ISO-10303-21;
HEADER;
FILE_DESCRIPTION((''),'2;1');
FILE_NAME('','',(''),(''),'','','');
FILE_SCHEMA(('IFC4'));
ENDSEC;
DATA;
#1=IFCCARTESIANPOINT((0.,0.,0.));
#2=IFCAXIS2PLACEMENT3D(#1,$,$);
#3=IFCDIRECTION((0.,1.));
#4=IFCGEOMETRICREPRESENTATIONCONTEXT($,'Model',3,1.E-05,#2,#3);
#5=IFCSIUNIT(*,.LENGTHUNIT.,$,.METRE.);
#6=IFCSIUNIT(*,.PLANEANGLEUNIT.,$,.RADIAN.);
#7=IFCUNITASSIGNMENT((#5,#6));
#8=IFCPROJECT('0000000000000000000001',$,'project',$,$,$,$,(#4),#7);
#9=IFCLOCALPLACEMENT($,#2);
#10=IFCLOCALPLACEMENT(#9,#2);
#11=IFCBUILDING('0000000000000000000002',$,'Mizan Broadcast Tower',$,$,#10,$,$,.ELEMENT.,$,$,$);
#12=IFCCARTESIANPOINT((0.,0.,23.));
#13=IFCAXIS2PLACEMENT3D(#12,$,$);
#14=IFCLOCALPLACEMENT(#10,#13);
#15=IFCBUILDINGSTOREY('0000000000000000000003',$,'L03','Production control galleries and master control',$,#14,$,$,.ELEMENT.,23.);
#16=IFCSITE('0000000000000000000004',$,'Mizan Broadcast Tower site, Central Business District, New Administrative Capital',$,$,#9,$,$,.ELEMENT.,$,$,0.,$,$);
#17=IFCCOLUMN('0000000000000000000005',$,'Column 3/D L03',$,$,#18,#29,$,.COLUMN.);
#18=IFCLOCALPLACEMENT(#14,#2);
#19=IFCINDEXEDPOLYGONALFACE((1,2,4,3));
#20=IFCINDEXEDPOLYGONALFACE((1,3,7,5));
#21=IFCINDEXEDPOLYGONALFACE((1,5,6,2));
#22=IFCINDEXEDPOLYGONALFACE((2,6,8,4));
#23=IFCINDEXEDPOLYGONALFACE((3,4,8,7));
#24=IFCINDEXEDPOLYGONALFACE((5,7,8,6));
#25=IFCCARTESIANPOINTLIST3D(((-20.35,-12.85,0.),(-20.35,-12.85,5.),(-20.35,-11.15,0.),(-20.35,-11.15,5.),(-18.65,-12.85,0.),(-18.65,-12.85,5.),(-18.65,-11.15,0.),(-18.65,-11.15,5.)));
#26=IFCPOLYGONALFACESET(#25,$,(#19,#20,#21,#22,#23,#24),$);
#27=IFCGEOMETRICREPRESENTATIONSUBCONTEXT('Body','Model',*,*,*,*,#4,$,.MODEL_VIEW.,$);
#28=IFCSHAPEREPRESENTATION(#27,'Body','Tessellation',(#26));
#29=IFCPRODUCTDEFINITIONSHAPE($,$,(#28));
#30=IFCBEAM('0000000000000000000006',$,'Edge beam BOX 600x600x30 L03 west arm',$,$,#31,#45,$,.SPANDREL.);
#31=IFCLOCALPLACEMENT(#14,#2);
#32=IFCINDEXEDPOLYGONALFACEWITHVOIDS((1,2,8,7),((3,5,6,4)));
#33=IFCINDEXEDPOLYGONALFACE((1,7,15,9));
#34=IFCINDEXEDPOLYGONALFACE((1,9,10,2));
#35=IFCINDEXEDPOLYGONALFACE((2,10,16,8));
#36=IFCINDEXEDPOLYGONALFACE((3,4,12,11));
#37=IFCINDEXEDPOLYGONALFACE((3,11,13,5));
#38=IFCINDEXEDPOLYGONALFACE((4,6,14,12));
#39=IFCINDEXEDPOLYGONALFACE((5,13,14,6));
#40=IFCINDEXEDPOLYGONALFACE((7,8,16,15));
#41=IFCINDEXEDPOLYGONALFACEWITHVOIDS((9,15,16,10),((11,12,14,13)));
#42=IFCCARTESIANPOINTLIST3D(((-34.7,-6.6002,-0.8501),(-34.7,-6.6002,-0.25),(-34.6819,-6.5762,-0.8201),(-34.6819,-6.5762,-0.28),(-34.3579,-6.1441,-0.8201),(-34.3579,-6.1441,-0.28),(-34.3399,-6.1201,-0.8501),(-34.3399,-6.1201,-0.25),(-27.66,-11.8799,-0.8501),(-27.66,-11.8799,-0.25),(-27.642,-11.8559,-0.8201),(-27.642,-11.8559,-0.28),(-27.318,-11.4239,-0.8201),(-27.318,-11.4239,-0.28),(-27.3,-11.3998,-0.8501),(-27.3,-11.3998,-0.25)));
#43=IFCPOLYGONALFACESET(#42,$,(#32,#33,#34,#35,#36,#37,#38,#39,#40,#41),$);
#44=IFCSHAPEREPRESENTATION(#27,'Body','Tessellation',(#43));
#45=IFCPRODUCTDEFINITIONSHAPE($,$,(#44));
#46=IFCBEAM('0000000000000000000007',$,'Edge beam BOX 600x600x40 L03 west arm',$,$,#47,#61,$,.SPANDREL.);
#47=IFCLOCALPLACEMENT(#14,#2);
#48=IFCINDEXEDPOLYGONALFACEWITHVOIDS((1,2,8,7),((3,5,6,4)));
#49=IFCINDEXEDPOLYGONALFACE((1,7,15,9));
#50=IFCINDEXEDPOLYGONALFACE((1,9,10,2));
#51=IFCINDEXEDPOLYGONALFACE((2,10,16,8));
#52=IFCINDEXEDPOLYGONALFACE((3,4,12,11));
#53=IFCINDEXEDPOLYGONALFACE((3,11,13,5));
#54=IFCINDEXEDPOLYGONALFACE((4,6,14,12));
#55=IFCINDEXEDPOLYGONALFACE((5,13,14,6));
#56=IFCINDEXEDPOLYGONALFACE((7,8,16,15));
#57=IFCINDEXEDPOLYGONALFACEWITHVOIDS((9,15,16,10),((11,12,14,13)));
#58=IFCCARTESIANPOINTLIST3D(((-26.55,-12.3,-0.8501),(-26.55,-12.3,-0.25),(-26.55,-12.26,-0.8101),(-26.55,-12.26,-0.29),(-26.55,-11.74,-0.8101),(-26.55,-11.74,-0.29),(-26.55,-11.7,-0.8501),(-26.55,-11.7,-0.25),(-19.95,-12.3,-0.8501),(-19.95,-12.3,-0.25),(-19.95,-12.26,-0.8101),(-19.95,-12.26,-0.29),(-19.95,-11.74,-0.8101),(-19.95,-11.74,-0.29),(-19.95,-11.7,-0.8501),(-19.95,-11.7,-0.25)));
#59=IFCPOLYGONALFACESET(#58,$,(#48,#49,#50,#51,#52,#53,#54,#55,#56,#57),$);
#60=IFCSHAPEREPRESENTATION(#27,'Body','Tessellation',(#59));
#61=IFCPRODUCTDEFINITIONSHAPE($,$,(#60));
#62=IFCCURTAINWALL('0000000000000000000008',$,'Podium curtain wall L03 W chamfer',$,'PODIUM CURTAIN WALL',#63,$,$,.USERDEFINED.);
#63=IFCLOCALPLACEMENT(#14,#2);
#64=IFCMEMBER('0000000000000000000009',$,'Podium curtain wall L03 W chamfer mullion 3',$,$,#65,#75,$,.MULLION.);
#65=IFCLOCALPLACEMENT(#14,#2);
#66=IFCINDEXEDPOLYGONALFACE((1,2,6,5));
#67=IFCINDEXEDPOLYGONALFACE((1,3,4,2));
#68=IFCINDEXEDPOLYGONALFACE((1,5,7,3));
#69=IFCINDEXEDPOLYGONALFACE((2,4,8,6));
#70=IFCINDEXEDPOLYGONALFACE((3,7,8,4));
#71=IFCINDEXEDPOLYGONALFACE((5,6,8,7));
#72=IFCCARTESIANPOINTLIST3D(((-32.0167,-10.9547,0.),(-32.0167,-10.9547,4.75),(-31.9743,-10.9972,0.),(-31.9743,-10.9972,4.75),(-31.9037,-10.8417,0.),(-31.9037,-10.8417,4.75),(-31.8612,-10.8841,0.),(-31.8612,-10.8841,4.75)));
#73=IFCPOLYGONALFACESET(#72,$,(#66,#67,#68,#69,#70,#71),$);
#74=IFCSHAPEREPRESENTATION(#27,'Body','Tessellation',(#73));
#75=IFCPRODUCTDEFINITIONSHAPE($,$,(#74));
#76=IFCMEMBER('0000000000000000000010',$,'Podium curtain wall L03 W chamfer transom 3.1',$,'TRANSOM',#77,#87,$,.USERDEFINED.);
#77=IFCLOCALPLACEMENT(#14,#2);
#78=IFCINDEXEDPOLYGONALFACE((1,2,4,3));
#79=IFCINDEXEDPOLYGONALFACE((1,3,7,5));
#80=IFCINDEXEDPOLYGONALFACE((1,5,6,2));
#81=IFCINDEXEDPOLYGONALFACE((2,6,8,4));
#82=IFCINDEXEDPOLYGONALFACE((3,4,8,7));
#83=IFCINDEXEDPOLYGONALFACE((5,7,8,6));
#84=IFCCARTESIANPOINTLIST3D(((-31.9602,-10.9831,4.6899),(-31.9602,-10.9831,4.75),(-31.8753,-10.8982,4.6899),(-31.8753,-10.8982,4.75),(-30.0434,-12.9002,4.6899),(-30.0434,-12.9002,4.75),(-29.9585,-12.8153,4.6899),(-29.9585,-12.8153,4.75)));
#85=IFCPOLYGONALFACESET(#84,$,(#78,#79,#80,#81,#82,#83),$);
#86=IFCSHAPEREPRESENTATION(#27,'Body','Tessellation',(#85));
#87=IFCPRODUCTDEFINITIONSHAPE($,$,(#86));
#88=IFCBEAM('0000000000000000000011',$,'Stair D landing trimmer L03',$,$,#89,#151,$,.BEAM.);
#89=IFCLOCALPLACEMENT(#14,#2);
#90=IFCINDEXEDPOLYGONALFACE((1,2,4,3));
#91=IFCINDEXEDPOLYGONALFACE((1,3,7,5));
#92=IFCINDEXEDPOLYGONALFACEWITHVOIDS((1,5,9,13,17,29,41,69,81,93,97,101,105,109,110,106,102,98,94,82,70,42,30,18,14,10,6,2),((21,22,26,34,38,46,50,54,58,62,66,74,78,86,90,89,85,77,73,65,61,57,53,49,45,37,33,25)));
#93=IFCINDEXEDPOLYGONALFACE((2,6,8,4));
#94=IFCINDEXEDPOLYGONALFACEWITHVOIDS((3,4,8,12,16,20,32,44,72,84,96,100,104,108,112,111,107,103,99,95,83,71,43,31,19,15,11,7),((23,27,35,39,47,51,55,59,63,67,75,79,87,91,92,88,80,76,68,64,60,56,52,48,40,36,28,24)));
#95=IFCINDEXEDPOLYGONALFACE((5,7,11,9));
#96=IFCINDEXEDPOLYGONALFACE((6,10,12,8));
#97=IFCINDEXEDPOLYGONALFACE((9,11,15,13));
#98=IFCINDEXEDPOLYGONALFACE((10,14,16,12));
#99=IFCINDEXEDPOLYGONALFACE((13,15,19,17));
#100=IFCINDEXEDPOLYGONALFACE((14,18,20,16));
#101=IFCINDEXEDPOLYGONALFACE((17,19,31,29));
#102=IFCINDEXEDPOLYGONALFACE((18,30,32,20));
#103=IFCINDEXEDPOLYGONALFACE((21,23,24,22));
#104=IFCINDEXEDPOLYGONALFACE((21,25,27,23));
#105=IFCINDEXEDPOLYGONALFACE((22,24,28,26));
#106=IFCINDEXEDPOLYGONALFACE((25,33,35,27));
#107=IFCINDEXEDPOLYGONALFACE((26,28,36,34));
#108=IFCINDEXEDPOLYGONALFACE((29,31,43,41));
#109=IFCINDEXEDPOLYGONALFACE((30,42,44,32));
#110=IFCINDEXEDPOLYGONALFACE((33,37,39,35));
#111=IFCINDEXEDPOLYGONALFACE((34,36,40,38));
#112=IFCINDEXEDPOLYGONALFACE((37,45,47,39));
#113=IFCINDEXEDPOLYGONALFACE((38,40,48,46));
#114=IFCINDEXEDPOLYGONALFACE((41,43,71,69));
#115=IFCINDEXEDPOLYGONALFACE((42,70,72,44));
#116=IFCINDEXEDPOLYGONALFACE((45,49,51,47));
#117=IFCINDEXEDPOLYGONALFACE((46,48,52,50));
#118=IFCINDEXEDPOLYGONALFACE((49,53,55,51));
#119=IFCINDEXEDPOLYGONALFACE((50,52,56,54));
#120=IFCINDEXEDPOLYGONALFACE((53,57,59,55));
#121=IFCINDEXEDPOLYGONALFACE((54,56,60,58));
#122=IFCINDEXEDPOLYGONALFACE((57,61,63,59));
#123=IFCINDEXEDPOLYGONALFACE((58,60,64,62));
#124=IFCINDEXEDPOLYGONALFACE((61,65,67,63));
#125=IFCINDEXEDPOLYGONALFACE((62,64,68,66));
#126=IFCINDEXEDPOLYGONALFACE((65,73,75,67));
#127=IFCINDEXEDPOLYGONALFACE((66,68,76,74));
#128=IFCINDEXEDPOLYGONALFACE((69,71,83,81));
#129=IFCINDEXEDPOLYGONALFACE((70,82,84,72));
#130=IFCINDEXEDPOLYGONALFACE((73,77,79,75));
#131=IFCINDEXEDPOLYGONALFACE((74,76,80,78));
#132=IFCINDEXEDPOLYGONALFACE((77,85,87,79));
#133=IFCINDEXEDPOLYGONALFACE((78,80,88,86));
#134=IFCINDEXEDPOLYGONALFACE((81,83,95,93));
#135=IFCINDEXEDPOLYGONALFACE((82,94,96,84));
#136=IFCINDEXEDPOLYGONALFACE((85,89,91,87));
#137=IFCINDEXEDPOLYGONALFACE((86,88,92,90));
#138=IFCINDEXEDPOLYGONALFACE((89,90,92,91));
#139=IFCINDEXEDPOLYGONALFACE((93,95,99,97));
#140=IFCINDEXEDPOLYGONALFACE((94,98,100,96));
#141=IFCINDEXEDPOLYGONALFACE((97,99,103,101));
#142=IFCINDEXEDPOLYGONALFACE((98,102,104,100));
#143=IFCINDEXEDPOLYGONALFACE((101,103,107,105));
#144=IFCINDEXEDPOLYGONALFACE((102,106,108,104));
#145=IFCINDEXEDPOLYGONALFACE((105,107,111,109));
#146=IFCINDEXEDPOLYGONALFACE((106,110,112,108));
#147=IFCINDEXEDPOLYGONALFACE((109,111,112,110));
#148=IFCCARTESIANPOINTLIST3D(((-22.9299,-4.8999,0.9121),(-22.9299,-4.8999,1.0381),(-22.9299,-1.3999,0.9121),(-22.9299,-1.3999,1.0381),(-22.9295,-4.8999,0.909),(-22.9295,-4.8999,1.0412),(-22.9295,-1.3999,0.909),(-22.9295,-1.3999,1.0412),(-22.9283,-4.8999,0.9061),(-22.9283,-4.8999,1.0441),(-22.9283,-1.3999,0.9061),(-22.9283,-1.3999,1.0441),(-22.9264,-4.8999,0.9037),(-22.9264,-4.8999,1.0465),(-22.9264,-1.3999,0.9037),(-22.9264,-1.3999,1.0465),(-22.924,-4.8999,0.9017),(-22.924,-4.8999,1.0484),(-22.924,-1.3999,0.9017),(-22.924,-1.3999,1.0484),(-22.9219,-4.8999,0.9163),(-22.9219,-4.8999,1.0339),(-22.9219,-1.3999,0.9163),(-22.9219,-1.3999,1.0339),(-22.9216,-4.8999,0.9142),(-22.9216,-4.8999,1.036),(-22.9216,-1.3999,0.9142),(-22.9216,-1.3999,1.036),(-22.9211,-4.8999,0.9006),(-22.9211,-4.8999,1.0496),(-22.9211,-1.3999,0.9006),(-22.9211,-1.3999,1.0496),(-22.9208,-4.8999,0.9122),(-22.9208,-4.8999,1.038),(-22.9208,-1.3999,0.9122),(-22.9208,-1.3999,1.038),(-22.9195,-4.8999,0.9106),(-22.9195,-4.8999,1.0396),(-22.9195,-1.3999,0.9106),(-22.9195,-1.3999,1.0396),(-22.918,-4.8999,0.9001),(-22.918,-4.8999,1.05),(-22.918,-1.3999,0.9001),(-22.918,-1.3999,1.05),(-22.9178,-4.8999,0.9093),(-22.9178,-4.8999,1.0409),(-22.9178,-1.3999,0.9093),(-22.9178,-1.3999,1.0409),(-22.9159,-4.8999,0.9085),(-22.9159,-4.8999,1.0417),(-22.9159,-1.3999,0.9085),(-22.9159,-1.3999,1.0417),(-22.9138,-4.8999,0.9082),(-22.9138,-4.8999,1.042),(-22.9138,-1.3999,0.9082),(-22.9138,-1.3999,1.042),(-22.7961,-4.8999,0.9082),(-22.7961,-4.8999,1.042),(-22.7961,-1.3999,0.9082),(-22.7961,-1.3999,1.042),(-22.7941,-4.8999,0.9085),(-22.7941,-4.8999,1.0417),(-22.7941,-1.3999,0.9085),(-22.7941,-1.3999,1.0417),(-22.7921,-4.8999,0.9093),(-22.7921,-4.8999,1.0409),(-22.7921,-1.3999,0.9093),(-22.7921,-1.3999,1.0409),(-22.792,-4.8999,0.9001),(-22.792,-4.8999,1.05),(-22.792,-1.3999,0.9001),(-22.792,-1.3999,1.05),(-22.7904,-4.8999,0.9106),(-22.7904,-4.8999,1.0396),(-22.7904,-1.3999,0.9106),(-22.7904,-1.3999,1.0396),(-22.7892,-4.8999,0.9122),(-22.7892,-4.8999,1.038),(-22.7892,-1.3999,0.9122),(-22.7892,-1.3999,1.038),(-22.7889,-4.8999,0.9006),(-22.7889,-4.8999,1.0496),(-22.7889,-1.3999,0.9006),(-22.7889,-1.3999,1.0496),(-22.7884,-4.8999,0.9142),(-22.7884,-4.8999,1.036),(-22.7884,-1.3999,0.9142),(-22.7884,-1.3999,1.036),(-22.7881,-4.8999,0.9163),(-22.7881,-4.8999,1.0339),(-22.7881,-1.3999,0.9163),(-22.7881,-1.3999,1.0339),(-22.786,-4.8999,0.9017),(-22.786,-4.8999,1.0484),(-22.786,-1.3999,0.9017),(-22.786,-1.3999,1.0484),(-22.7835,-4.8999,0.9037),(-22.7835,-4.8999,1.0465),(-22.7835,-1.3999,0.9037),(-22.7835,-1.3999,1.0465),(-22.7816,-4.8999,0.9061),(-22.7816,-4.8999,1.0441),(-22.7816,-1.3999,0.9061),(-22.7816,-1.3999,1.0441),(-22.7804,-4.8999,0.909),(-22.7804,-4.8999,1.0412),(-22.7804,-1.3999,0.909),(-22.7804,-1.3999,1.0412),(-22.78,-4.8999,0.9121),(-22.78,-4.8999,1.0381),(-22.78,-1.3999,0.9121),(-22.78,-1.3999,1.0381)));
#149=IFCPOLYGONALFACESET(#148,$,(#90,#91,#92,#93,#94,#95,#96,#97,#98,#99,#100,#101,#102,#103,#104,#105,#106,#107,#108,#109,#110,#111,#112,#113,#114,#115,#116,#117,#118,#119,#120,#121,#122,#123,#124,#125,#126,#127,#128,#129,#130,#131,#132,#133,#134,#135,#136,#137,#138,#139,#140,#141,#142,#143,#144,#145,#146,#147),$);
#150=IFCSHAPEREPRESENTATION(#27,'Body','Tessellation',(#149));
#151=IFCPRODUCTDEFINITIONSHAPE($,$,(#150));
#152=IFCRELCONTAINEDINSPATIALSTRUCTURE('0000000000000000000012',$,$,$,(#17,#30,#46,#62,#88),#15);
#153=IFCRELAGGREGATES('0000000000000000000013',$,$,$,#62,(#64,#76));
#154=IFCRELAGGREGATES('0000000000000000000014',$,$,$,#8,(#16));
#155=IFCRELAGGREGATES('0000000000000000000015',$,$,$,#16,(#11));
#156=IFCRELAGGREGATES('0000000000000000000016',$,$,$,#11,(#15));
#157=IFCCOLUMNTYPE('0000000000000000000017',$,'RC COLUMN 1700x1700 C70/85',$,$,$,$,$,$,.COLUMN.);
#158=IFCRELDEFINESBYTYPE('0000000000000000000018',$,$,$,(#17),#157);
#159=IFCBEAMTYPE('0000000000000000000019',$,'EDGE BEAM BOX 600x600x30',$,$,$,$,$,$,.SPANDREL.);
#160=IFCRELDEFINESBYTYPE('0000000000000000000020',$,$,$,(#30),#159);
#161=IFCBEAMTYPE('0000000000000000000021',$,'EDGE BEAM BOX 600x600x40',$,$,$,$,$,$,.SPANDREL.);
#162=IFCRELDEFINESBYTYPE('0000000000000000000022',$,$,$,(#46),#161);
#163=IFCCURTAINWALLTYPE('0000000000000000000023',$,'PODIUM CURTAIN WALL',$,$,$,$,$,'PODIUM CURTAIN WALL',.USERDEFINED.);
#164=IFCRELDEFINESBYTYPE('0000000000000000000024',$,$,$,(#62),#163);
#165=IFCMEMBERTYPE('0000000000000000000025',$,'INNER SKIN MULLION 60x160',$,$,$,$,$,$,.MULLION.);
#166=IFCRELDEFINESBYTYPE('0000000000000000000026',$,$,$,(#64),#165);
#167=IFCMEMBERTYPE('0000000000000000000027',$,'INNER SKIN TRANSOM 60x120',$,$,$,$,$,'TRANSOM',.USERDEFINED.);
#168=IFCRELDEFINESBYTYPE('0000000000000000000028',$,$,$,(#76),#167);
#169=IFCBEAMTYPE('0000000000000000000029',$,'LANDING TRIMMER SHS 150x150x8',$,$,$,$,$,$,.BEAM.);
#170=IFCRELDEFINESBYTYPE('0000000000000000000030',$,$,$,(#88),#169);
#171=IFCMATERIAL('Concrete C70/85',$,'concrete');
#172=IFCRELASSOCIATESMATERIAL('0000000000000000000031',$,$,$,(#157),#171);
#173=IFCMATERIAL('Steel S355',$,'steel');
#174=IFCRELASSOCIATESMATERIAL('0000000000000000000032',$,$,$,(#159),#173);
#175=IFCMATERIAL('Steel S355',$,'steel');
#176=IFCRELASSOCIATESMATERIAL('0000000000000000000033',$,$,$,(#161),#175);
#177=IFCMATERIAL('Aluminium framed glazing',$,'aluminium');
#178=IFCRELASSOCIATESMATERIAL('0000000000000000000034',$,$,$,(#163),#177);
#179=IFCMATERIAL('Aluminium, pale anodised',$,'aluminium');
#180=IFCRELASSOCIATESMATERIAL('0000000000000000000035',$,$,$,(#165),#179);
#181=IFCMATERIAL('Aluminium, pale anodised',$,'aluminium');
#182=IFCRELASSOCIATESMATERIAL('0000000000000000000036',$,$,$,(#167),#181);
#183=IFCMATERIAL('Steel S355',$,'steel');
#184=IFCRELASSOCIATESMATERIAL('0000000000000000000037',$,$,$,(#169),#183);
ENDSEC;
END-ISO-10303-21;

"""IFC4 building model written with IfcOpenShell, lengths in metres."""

from ifc_helpers import new_model, si_unit, direction, frame, origin, origin_2d, place, context, subcontext, project, spatial, rectangle, hollow_rectangle, extrude, material, material_profile, profile_set, type_object, element, aggregate, save


model = new_model("IFC4")

# Units and contexts
model_context = context("Model", 3, precision=1e-05, world=origin(), true_north=direction((0.0, 1.0)))
body_context = subcontext(model_context, "Body", "Model", "MODEL_VIEW")
ifc_project = project(units=[si_unit("LENGTHUNIT", "METRE"), si_unit("PLANEANGLEUNIT", "RADIAN")], contexts=[model_context])

# Site, building, storey
site_placement = place(None, origin())
site = spatial("IfcSite", under=ifc_project, at=site_placement, Name="Mizan Broadcast Tower site, Central Business District, New Administrative Capital", CompositionType="ELEMENT", RefElevation=0.0)
building_placement = place(site_placement, origin())
building = spatial("IfcBuilding", under=site, at=building_placement, Name="Mizan Broadcast Tower", CompositionType="ELEMENT")
storey_placement = place(building_placement, frame((0.0, 0.0, 23.0)))
storey = spatial("IfcBuildingStorey", under=building, at=storey_placement, Name="L03", Description="Production control galleries and master control", CompositionType="ELEMENT", Elevation=23.0)

# Column
ifc_material_1 = material(Name="Concrete C70/85", Category="concrete")
ifc_material_profile_1 = material_profile(ifc_material_1, rectangle(XDim=1.7, YDim=1.7, at=origin_2d()), Name="RC 1700x1700")
ifc_profile_set_1 = profile_set([ifc_material_profile_1], Name="Concrete C70/85")
column_type = type_object("IfcColumnType", Name="RC COLUMN 1700x1700 C70/85", PredefinedType="COLUMN", material=ifc_profile_set_1)
column_placement = place(storey_placement, frame((-19.5, -12.0, 0.0), z_axis=(0.0, 0.0, 1.0), x_axis=(1.0, 0.0, 0.0)))
element("IfcColumn", 1, at=column_placement, inside=storey, type_object=column_type, Name="Column 3/D L03", PredefinedType="COLUMN", context=body_context, shape_type="SweptSolid", body=[
    extrude(rectangle(XDim=1.7, YDim=1.7, at=origin_2d()), origin(), (0.0, 0.0, 1.0), 5.0),
])

# Beams
ifc_material_2 = material(Name="Steel S355", Category="steel")
ifc_material_profile_2 = material_profile(ifc_material_2, hollow_rectangle(XDim=0.6001, YDim=0.6001, WallThickness=0.03, at=origin_2d()), Name="BOX 600x600x30")
ifc_profile_set_2 = profile_set([ifc_material_profile_2], Name="Steel S355")
beam_type_1 = type_object("IfcBeamType", Name="EDGE BEAM BOX 600x600x30", PredefinedType="SPANDREL", material=ifc_profile_set_2)
beam_1_placement = place(storey_placement, frame((-27.48, -11.6399, -0.55), z_axis=(-0.800013, 0.599982, 0.0), x_axis=(-0.599982, -0.800013, 0.0)))
element("IfcBeam", 2, at=beam_1_placement, inside=storey, type_object=beam_type_1, Name="Edge beam BOX 600x600x30 L03 west arm", PredefinedType="SPANDREL", context=body_context, shape_type="SweptSolid", body=[
    extrude(hollow_rectangle(XDim=0.6001, YDim=0.6001, WallThickness=0.03, at=origin_2d()), origin(), (0.0, 0.0, 1.0), 8.7998),
])
ifc_material_3 = material(Name="Steel S355", Category="steel")
ifc_material_profile_3 = material_profile(ifc_material_3, hollow_rectangle(XDim=0.6001, YDim=0.6001, WallThickness=0.04, at=origin_2d()), Name="BOX 600x600x40")
ifc_profile_set_3 = profile_set([ifc_material_profile_3], Name="Steel S355")
beam_type_2 = type_object("IfcBeamType", Name="EDGE BEAM BOX 600x600x40", PredefinedType="SPANDREL", material=ifc_profile_set_3)
beam_2_placement = place(storey_placement, frame((-19.95, -12.0, -0.55), z_axis=(-1.0, 0.0, 0.0), x_axis=(0.0, -1.0, 0.0)))
element("IfcBeam", 3, at=beam_2_placement, inside=storey, type_object=beam_type_2, Name="Edge beam BOX 600x600x40 L03 west arm", PredefinedType="SPANDREL", context=body_context, shape_type="SweptSolid", body=[
    extrude(hollow_rectangle(XDim=0.6001, YDim=0.6001, WallThickness=0.04, at=origin_2d()), origin(), (0.0, 0.0, 1.0), 6.6001),
])

# Curtain wall, members
ifc_material_4 = material(Name="Aluminium framed glazing", Category="aluminium")
curtain_wall_type = type_object("IfcCurtainWallType", Name="PODIUM CURTAIN WALL", ElementType="PODIUM CURTAIN WALL", PredefinedType="USERDEFINED", material=ifc_material_4)
curtain_wall_placement = place(storey_placement, origin())
curtain_wall = element("IfcCurtainWall", 4, at=curtain_wall_placement, inside=storey, type_object=curtain_wall_type, Name="Podium curtain wall L03 W chamfer", ObjectType="PODIUM CURTAIN WALL", PredefinedType="USERDEFINED")
ifc_material_5 = material(Name="Aluminium, pale anodised", Category="aluminium")
ifc_material_profile_4 = material_profile(ifc_material_5, rectangle(XDim=0.1599, YDim=0.0601, at=origin_2d()), Name="MULLION 160x60")
ifc_profile_set_4 = profile_set([ifc_material_profile_4], Name="Aluminium, pale anodised")
member_type_1 = type_object("IfcMemberType", Name="INNER SKIN MULLION 60x160", PredefinedType="MULLION", material=ifc_profile_set_4)
member_1_placement = place(storey_placement, frame((-31.939, -10.9194, 0.0), z_axis=(0.0, 0.0, 1.0), x_axis=(0.707107, 0.707107, 0.0)))
member_1 = element("IfcMember", 5, at=member_1_placement, type_object=member_type_1, Name="Podium curtain wall L03 W chamfer mullion 3", PredefinedType="MULLION", context=body_context, shape_type="SweptSolid", body=[
    extrude(rectangle(XDim=0.1599, YDim=0.0601, at=origin_2d()), origin(), (0.0, 0.0, 1.0), 4.75),
])
ifc_material_6 = material(Name="Aluminium, pale anodised", Category="aluminium")
ifc_material_profile_5 = material_profile(ifc_material_6, rectangle(XDim=0.1201, YDim=0.0601, at=origin_2d()), Name="TRANSOM 120x60")
ifc_profile_set_5 = profile_set([ifc_material_profile_5], Name="Aluminium, pale anodised")
member_type_2 = type_object("IfcMemberType", Name="INNER SKIN TRANSOM 60x120", ElementType="TRANSOM", PredefinedType="USERDEFINED", material=ifc_profile_set_5)
member_2_placement = place(storey_placement, frame((-31.9177, -10.9407, 4.72), z_axis=(0.707062, -0.707152, 0.0), x_axis=(0.707152, 0.707062, 0.0)))
member_2 = element("IfcMember", 6, at=member_2_placement, type_object=member_type_2, Name="Podium curtain wall L03 W chamfer transom 3.1", ObjectType="TRANSOM", PredefinedType="USERDEFINED", context=body_context, shape_type="SweptSolid", body=[
    extrude(rectangle(XDim=0.1201, YDim=0.0601, at=origin_2d()), origin(), (0.0, 0.0, 1.0), 2.7109),
])

# Beam
ifc_material_7 = material(Name="Steel S355", Category="steel")
ifc_material_profile_6 = material_profile(ifc_material_7, hollow_rectangle(XDim=0.1499, YDim=0.1499, WallThickness=0.0081, InnerFilletRadius=0.0081, OuterFilletRadius=0.012, at=origin_2d()), Name="SHS 150x150x8")
ifc_profile_set_6 = profile_set([ifc_material_profile_6], Name="Steel S355")
beam_type_3 = type_object("IfcBeamType", Name="LANDING TRIMMER SHS 150x150x8", PredefinedType="BEAM", material=ifc_profile_set_6)
for number, where, z_axis, x_axis, name in (
    (7, (-22.855, -1.3999, 0.9751), (0.0, -1.0, 0.0), (1.0, 0.0, 0.0), "Stair D landing trimmer L03"),
):
    element("IfcBeam", number, at=place(storey_placement, frame(where, z_axis=z_axis, x_axis=x_axis)), inside=storey, type_object=beam_type_3, Name=name, PredefinedType="BEAM", context=body_context, shape_type="SweptSolid", body=[
        extrude(hollow_rectangle(XDim=0.1499, YDim=0.1499, WallThickness=0.0081, InnerFilletRadius=0.0081, OuterFilletRadius=0.012, at=origin_2d()), origin(), (0.0, 0.0, 1.0), 3.5),
    ])

aggregate(curtain_wall, [member_1, member_2])

save(model, "model.ifc")
